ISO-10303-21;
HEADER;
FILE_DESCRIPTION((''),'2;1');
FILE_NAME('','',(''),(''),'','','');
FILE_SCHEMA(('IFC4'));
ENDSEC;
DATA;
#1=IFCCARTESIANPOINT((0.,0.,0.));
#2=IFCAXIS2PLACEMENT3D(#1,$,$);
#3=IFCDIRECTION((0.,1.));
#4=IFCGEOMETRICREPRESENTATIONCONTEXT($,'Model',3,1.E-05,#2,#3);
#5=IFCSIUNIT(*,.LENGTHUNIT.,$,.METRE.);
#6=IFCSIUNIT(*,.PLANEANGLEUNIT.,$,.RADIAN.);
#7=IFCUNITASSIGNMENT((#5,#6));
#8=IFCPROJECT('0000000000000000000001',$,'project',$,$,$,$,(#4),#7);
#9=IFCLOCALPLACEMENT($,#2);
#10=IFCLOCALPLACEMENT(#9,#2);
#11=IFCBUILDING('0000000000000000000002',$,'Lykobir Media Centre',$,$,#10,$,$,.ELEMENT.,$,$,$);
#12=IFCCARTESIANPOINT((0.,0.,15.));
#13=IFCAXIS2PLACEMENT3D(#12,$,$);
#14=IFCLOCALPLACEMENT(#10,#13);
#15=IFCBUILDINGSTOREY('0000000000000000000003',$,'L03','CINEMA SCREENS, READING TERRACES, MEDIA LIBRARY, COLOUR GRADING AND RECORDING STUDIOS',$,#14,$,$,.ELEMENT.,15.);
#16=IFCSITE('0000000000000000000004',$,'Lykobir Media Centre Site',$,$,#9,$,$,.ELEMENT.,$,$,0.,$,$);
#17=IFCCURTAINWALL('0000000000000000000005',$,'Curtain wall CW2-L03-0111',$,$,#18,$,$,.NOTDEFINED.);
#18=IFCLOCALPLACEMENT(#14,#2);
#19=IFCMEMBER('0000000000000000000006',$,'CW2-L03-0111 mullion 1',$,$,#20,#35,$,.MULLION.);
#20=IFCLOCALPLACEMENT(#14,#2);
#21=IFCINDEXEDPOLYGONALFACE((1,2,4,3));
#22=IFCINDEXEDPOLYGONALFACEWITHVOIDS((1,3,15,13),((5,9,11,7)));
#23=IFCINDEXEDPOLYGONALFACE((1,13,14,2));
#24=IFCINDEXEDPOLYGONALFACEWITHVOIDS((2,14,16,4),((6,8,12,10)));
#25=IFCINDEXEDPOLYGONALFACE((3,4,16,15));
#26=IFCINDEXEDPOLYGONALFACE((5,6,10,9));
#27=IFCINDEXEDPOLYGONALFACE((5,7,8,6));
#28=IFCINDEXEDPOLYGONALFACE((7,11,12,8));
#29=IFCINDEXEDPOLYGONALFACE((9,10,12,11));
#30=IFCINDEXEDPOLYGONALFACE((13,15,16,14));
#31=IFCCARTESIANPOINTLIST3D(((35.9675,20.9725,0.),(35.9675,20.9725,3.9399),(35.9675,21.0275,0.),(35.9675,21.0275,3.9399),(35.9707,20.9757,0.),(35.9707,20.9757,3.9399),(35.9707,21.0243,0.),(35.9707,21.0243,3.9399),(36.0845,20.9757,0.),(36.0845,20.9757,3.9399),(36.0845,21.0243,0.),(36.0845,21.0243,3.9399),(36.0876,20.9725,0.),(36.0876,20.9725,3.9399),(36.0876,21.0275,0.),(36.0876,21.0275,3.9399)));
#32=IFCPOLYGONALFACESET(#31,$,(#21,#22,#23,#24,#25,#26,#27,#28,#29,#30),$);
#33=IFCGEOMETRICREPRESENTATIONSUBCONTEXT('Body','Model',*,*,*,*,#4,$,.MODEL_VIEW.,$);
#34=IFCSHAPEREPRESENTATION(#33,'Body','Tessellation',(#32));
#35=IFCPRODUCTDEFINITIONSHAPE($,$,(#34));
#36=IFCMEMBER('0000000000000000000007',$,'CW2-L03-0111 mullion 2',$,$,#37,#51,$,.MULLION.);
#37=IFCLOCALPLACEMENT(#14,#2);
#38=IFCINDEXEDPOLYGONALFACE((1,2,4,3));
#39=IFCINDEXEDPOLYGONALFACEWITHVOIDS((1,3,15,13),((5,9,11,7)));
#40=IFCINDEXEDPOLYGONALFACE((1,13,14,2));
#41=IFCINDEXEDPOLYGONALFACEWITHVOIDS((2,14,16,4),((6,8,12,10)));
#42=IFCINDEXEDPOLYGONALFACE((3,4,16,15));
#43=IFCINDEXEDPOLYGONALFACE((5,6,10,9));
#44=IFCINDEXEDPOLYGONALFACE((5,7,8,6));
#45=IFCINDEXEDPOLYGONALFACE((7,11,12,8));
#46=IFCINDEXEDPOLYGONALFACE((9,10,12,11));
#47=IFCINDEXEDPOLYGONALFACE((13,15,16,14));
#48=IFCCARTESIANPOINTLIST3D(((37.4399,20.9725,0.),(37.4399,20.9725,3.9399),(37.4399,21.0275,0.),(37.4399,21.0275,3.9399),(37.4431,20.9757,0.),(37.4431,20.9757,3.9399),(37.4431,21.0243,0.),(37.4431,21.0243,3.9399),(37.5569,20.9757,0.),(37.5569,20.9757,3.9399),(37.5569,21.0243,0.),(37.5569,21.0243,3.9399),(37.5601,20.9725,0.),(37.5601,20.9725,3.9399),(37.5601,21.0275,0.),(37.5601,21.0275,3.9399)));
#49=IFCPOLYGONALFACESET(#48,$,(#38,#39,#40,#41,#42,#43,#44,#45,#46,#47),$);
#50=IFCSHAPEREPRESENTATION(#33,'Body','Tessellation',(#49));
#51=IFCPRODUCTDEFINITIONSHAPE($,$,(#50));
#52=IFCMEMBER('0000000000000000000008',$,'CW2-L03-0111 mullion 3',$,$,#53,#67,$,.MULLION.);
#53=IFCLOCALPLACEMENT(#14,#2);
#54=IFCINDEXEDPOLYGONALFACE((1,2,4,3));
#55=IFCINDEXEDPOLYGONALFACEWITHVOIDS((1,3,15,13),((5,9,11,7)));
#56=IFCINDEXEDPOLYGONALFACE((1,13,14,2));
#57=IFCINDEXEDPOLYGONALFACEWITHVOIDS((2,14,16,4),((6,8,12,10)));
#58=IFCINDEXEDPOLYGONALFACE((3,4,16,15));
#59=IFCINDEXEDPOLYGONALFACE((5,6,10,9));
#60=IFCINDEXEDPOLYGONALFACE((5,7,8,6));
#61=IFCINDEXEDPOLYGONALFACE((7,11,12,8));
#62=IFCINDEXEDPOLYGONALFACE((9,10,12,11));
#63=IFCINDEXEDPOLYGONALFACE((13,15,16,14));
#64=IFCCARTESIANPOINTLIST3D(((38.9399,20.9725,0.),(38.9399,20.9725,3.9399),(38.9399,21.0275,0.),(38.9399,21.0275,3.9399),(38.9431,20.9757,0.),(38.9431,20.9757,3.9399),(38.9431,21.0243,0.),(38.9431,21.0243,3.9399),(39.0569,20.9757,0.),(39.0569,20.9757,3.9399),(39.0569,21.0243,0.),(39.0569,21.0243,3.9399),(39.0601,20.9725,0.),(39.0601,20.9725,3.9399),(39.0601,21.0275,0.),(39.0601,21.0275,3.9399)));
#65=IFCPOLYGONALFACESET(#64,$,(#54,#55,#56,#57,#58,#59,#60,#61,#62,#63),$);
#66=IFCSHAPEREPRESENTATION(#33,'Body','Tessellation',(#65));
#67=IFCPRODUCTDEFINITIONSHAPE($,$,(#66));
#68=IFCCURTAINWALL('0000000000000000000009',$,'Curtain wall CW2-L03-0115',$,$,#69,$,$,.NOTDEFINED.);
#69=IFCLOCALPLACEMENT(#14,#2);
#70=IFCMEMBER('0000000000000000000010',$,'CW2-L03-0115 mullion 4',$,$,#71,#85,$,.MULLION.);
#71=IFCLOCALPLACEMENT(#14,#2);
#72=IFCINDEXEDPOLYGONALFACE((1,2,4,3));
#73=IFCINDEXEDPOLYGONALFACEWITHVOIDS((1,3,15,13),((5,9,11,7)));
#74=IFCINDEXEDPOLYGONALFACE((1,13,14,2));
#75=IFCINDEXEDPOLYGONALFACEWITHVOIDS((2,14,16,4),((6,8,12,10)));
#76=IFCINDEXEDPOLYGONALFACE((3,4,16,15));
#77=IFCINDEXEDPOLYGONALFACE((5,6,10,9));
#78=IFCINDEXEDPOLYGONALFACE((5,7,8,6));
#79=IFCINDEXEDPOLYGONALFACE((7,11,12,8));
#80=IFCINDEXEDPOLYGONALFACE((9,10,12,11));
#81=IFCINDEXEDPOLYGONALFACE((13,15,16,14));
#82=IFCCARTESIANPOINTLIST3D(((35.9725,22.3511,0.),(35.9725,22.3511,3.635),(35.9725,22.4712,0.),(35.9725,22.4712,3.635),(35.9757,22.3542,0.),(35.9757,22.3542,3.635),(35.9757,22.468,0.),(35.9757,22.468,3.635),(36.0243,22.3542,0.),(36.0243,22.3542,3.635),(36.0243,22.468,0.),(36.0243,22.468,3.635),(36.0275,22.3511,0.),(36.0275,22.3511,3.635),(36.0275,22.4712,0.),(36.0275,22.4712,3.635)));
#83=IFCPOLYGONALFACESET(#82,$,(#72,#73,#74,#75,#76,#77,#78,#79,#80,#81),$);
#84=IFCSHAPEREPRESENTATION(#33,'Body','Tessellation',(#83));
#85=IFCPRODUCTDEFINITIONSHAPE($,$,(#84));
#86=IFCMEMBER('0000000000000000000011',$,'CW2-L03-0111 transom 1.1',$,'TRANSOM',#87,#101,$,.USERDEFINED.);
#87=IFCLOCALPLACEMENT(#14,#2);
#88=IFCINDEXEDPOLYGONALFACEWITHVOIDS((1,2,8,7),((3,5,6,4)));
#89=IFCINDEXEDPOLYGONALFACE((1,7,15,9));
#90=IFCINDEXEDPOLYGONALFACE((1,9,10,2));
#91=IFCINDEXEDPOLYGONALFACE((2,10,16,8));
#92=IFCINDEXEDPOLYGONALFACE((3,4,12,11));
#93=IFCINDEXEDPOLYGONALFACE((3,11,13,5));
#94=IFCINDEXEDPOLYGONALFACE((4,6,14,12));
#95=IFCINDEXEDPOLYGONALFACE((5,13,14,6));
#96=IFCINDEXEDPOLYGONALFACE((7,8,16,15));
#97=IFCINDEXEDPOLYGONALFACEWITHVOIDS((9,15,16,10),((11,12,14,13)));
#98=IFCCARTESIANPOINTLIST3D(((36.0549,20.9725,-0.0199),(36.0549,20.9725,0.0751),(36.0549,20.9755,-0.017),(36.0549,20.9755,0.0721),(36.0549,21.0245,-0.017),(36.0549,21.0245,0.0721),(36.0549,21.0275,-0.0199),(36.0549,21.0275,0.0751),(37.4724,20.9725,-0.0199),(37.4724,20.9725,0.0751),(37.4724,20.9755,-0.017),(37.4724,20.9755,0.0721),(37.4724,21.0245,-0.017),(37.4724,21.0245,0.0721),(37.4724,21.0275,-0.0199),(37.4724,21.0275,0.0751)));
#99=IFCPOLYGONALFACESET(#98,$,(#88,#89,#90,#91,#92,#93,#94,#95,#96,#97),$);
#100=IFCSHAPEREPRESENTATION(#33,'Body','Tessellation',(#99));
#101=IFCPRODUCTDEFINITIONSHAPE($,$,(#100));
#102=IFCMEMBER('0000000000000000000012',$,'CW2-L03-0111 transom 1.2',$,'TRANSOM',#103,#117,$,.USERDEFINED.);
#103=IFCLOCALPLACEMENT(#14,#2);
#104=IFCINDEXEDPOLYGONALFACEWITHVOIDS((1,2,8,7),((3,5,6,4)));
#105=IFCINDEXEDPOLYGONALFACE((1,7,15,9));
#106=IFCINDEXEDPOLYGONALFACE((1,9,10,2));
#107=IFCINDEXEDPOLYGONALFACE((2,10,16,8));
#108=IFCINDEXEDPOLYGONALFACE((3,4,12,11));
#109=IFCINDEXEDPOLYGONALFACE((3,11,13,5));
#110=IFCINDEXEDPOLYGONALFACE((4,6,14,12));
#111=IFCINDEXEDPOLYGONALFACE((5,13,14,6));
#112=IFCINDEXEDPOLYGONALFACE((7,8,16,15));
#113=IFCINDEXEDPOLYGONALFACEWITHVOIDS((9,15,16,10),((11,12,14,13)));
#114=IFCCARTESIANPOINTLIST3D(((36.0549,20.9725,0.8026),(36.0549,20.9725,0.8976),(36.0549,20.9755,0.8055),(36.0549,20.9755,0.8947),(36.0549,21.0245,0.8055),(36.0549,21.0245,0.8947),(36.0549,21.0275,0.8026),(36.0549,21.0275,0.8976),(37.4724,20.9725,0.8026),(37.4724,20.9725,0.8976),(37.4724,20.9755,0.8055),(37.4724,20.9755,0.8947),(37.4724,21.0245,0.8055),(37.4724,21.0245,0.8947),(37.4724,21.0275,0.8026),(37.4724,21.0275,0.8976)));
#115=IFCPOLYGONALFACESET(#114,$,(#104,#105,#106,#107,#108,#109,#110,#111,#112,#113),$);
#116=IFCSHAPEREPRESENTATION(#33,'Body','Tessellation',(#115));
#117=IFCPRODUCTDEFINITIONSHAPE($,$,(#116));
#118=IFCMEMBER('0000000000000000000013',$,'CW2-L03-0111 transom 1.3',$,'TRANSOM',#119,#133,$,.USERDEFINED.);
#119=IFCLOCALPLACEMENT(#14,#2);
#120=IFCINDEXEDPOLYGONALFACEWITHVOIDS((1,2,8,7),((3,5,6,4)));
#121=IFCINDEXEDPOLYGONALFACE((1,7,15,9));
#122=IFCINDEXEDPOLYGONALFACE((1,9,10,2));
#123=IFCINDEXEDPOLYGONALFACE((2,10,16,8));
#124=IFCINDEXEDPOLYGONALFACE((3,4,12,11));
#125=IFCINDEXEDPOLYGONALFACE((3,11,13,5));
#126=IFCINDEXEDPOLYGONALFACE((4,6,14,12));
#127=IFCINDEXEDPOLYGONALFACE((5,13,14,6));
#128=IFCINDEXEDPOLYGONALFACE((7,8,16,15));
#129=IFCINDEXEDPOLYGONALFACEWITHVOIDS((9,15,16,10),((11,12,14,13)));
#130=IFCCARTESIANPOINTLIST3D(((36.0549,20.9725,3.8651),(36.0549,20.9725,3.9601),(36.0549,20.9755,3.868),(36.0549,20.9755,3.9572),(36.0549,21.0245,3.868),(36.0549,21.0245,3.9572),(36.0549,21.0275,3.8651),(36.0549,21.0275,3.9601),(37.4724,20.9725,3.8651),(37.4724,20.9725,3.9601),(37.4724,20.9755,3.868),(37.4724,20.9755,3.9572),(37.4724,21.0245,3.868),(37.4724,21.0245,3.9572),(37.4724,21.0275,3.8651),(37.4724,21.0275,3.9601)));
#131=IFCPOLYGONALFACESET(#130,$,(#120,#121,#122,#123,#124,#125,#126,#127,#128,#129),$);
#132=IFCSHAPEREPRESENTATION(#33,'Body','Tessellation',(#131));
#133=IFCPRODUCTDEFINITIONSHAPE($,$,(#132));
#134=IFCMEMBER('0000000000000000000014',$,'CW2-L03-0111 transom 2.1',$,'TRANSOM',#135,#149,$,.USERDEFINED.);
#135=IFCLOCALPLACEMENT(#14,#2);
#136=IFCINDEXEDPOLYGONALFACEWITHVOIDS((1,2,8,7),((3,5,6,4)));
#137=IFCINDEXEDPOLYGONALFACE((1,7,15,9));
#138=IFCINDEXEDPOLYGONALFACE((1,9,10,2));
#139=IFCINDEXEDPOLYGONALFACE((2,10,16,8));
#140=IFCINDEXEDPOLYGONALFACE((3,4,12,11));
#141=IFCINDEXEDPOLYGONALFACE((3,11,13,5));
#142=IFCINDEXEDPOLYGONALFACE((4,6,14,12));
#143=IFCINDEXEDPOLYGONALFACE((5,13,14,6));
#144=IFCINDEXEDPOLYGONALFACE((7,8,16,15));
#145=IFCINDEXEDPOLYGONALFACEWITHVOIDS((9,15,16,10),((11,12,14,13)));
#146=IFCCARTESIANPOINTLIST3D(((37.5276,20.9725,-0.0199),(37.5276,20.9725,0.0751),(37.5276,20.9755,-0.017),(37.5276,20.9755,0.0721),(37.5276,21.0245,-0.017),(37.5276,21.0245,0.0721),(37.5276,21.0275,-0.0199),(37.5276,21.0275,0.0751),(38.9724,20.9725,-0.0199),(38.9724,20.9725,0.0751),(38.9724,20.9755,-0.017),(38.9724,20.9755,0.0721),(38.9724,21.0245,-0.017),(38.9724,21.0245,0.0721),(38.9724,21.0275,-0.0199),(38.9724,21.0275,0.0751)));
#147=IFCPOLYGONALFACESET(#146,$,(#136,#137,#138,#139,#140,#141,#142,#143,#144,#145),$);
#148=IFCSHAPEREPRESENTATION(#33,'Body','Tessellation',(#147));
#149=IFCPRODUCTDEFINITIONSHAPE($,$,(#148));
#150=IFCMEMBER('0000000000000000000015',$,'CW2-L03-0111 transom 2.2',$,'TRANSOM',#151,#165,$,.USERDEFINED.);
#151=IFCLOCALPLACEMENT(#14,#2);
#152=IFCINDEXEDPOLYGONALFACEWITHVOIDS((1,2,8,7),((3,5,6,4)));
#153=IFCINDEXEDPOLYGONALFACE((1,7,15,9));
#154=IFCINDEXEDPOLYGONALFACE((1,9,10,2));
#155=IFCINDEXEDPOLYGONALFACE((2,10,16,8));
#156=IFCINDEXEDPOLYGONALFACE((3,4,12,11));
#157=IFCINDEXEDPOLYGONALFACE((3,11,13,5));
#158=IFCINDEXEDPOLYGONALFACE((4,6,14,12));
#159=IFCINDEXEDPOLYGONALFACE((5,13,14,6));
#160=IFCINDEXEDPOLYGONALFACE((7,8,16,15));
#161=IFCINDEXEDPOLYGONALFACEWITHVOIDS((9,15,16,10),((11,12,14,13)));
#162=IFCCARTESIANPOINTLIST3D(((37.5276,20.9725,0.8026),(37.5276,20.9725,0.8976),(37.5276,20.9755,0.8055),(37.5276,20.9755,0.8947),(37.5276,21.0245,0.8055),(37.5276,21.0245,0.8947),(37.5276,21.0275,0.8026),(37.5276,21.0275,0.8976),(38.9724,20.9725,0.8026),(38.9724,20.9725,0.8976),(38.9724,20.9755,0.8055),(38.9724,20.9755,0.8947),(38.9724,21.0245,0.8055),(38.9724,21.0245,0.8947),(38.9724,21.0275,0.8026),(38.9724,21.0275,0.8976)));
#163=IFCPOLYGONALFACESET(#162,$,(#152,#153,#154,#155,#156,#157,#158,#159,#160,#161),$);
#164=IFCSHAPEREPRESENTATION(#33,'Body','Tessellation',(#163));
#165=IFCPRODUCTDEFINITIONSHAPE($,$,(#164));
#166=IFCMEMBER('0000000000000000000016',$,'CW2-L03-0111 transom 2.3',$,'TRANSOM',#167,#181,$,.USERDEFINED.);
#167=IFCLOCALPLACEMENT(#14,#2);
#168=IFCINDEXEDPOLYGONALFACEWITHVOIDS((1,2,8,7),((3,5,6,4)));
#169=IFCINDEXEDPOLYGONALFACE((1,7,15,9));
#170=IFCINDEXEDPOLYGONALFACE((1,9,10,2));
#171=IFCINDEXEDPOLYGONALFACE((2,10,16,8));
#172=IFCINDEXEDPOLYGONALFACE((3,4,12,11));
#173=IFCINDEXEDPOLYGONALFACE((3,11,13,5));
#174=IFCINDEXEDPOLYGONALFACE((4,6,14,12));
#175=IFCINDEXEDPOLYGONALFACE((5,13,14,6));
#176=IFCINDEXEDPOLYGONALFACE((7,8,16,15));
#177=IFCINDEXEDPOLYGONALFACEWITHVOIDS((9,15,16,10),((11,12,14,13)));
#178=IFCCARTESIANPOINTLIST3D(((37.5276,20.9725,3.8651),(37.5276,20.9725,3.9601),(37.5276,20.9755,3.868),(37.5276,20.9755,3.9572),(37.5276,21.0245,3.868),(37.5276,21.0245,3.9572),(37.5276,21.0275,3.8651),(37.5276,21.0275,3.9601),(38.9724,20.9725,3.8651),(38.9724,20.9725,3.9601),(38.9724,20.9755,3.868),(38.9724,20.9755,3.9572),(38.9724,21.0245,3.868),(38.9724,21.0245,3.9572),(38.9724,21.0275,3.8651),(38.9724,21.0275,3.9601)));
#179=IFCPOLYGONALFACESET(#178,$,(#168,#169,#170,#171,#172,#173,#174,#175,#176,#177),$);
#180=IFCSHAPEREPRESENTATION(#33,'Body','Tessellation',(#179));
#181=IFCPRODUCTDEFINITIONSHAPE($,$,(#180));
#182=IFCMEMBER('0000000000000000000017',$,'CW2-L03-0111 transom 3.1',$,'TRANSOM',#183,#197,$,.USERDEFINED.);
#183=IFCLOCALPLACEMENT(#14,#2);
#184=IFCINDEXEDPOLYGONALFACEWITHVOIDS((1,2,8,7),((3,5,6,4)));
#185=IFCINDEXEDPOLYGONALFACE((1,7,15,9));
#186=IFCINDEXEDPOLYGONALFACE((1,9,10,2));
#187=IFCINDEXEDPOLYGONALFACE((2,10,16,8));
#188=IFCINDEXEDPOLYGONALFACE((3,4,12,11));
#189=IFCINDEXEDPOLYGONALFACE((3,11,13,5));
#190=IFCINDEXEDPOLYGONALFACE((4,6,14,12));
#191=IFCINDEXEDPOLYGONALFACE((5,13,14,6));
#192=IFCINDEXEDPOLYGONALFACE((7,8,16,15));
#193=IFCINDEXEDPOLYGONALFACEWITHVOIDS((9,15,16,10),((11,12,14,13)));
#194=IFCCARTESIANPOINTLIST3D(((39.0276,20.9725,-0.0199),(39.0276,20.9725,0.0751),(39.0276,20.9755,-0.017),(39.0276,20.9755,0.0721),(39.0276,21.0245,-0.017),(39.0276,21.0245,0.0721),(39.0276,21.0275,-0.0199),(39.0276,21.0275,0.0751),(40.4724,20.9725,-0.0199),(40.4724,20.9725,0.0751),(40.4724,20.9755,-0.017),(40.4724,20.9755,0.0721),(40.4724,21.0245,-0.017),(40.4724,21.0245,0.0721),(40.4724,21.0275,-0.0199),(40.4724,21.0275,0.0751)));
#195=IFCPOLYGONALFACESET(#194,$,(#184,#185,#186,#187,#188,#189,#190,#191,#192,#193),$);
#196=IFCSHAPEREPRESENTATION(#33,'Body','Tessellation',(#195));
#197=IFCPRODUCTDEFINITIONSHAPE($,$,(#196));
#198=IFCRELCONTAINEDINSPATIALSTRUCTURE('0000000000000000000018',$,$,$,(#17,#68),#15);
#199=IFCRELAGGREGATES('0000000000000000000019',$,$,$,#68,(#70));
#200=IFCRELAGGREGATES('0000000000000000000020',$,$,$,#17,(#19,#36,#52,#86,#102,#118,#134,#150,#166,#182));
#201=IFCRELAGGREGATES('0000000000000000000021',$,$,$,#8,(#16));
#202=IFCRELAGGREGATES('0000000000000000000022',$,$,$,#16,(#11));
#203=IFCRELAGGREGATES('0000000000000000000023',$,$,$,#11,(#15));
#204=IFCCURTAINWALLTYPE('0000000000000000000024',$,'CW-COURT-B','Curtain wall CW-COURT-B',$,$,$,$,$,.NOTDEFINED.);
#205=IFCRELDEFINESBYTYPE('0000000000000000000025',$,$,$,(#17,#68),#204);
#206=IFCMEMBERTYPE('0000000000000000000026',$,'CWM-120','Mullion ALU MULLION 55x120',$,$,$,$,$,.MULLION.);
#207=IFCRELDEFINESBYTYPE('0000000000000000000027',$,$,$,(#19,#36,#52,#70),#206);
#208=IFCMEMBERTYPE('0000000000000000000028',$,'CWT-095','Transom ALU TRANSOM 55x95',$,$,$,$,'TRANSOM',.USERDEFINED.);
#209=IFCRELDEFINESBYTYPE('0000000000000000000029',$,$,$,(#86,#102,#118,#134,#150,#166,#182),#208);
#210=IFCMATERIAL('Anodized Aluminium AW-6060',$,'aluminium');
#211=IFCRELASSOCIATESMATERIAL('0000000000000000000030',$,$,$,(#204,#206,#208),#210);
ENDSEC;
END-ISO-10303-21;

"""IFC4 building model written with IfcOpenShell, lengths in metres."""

from ifc_helpers import new_model, si_unit, direction, frame, origin, origin_2d, place, context, subcontext, project, spatial, hollow_rectangle, extrude, material, material_profile, profile_set, type_object, element, aggregate, save


model = new_model("IFC4")

# Units and contexts
model_context = context("Model", 3, precision=1e-05, world=origin(), true_north=direction((0.0, 1.0)))
body_context = subcontext(model_context, "Body", "Model", "MODEL_VIEW")
ifc_project = project(units=[si_unit("LENGTHUNIT", "METRE"), si_unit("PLANEANGLEUNIT", "RADIAN")], contexts=[model_context])

# Site, building, storey
site_placement = place(None, origin())
site = spatial("IfcSite", under=ifc_project, at=site_placement, Name="Lykobir Media Centre Site", CompositionType="ELEMENT", RefElevation=0.0)
building_placement = place(site_placement, origin())
building = spatial("IfcBuilding", under=site, at=building_placement, Name="Lykobir Media Centre", CompositionType="ELEMENT")
storey_placement = place(building_placement, frame((0.0, 0.0, 15.0)))
storey = spatial("IfcBuildingStorey", under=building, at=storey_placement, Name="L03", Description="CINEMA SCREENS, READING TERRACES, MEDIA LIBRARY, COLOUR GRADING AND RECORDING STUDIOS", CompositionType="ELEMENT", Elevation=15.0)

# Curtain wall, members
ifc_material_1 = material(Name="Anodized Aluminium AW-6060", Category="aluminium")
curtain_wall_type = type_object("IfcCurtainWallType", Name="CW-COURT-B", Description="Curtain wall CW-COURT-B", PredefinedType="NOTDEFINED", material=ifc_material_1)
curtain_wall_1_placement = place(storey_placement, origin())
curtain_wall_1 = element("IfcCurtainWall", 1, at=curtain_wall_1_placement, inside=storey, type_object=curtain_wall_type, Name="Curtain wall CW2-L03-0111", PredefinedType="NOTDEFINED")
ifc_material_profile_1 = material_profile(ifc_material_1, hollow_rectangle(XDim=0.0549, YDim=0.1201, WallThickness=0.0032, at=origin_2d()), Name="ALU MULLION 55x120")
ifc_profile_set_1 = profile_set([ifc_material_profile_1], Name="Anodized Aluminium AW-6060")
member_type_1 = type_object("IfcMemberType", Name="CWM-120", Description="Mullion ALU MULLION 55x120", PredefinedType="MULLION", material=ifc_profile_set_1)
member_1_placement = place(storey_placement, frame((36.0276, 21.0, 0.0), z_axis=(0.0, 0.0, 1.0), x_axis=(0.0, 1.0, 0.0)))
member_1 = element("IfcMember", 2, at=member_1_placement, type_object=member_type_1, Name="CW2-L03-0111 mullion 1", PredefinedType="MULLION", context=body_context, shape_type="SweptSolid", body=[
    extrude(hollow_rectangle(XDim=0.0549, YDim=0.1201, WallThickness=0.0032, at=origin_2d()), origin(), (0.0, 0.0, 1.0), 3.9399),
])
member_2_placement = place(storey_placement, frame((37.5, 21.0, 0.0), z_axis=(0.0, 0.0, 1.0), x_axis=(0.0, 1.0, 0.0)))
member_2 = element("IfcMember", 3, at=member_2_placement, type_object=member_type_1, Name="CW2-L03-0111 mullion 2", PredefinedType="MULLION", context=body_context, shape_type="SweptSolid", body=[
    extrude(hollow_rectangle(XDim=0.0549, YDim=0.1201, WallThickness=0.0032, at=origin_2d()), origin(), (0.0, 0.0, 1.0), 3.9399),
])
member_3_placement = place(storey_placement, frame((39.0, 21.0, 0.0), z_axis=(0.0, 0.0, 1.0), x_axis=(0.0, 1.0, 0.0)))
member_3 = element("IfcMember", 4, at=member_3_placement, type_object=member_type_1, Name="CW2-L03-0111 mullion 3", PredefinedType="MULLION", context=body_context, shape_type="SweptSolid", body=[
    extrude(hollow_rectangle(XDim=0.0549, YDim=0.1201, WallThickness=0.0032, at=origin_2d()), origin(), (0.0, 0.0, 1.0), 3.9399),
])

# Curtain wall, member
curtain_wall_2_placement = place(storey_placement, origin())
curtain_wall_2 = element("IfcCurtainWall", 5, at=curtain_wall_2_placement, inside=storey, type_object=curtain_wall_type, Name="Curtain wall CW2-L03-0115", PredefinedType="NOTDEFINED")
member_4_placement = place(storey_placement, frame((36.0, 22.4111, 0.0), z_axis=(0.0, 0.0, 1.0), x_axis=(1.0, 0.0, 0.0)))
member_4 = element("IfcMember", 6, at=member_4_placement, type_object=member_type_1, Name="CW2-L03-0115 mullion 4", PredefinedType="MULLION", context=body_context, shape_type="SweptSolid", body=[
    extrude(hollow_rectangle(XDim=0.0549, YDim=0.1201, WallThickness=0.0032, at=origin_2d()), origin(), (0.0, 0.0, 1.0), 3.635),
])

# Members
ifc_material_profile_2 = material_profile(ifc_material_1, hollow_rectangle(XDim=0.0549, YDim=0.095, WallThickness=0.0029, at=origin_2d()), Name="ALU TRANSOM 55x95")
ifc_profile_set_2 = profile_set([ifc_material_profile_2], Name="Anodized Aluminium AW-6060")
member_type_2 = type_object("IfcMemberType", Name="CWT-095", Description="Transom ALU TRANSOM 55x95", ElementType="TRANSOM", PredefinedType="USERDEFINED", material=ifc_profile_set_2)
member_5_placement = place(storey_placement, frame((36.0549, 21.0, 0.0276), z_axis=(1.0, 0.0, 0.0), x_axis=(0.0, 1.0, 0.0)))
member_5 = element("IfcMember", 7, at=member_5_placement, type_object=member_type_2, Name="CW2-L03-0111 transom 1.1", ObjectType="TRANSOM", PredefinedType="USERDEFINED", context=body_context, shape_type="SweptSolid", body=[
    extrude(hollow_rectangle(XDim=0.0549, YDim=0.095, WallThickness=0.0029, at=origin_2d()), origin(), (0.0, 0.0, 1.0), 1.4175),
])
member_6_placement = place(storey_placement, frame((36.0549, 21.0, 0.8501), z_axis=(1.0, 0.0, 0.0), x_axis=(0.0, 1.0, 0.0)))
member_6 = element("IfcMember", 8, at=member_6_placement, type_object=member_type_2, Name="CW2-L03-0111 transom 1.2", ObjectType="TRANSOM", PredefinedType="USERDEFINED", context=body_context, shape_type="SweptSolid", body=[
    extrude(hollow_rectangle(XDim=0.0549, YDim=0.095, WallThickness=0.0029, at=origin_2d()), origin(), (0.0, 0.0, 1.0), 1.4175),
])
member_7_placement = place(storey_placement, frame((36.0549, 21.0, 3.9126), z_axis=(1.0, 0.0, 0.0), x_axis=(0.0, 1.0, 0.0)))
member_7 = element("IfcMember", 9, at=member_7_placement, type_object=member_type_2, Name="CW2-L03-0111 transom 1.3", ObjectType="TRANSOM", PredefinedType="USERDEFINED", context=body_context, shape_type="SweptSolid", body=[
    extrude(hollow_rectangle(XDim=0.0549, YDim=0.095, WallThickness=0.0029, at=origin_2d()), origin(), (0.0, 0.0, 1.0), 1.4175),
])
member_8_placement = place(storey_placement, frame((37.5276, 21.0, 0.0276), z_axis=(1.0, 0.0, 0.0), x_axis=(0.0, 1.0, 0.0)))
member_8 = element("IfcMember", 10, at=member_8_placement, type_object=member_type_2, Name="CW2-L03-0111 transom 2.1", ObjectType="TRANSOM", PredefinedType="USERDEFINED", context=body_context, shape_type="SweptSolid", body=[
    extrude(hollow_rectangle(XDim=0.0549, YDim=0.095, WallThickness=0.0029, at=origin_2d()), origin(), (0.0, 0.0, 1.0), 1.4448),
])
member_9_placement = place(storey_placement, frame((37.5276, 21.0, 0.8501), z_axis=(1.0, 0.0, 0.0), x_axis=(0.0, 1.0, 0.0)))
member_9 = element("IfcMember", 11, at=member_9_placement, type_object=member_type_2, Name="CW2-L03-0111 transom 2.2", ObjectType="TRANSOM", PredefinedType="USERDEFINED", context=body_context, shape_type="SweptSolid", body=[
    extrude(hollow_rectangle(XDim=0.0549, YDim=0.095, WallThickness=0.0029, at=origin_2d()), origin(), (0.0, 0.0, 1.0), 1.4448),
])
member_10_placement = place(storey_placement, frame((37.5276, 21.0, 3.9126), z_axis=(1.0, 0.0, 0.0), x_axis=(0.0, 1.0, 0.0)))
member_10 = element("IfcMember", 12, at=member_10_placement, type_object=member_type_2, Name="CW2-L03-0111 transom 2.3", ObjectType="TRANSOM", PredefinedType="USERDEFINED", context=body_context, shape_type="SweptSolid", body=[
    extrude(hollow_rectangle(XDim=0.0549, YDim=0.095, WallThickness=0.0029, at=origin_2d()), origin(), (0.0, 0.0, 1.0), 1.4448),
])
member_11_placement = place(storey_placement, frame((39.0276, 21.0, 0.0276), z_axis=(1.0, 0.0, 0.0), x_axis=(0.0, 1.0, 0.0)))
member_11 = element("IfcMember", 13, at=member_11_placement, type_object=member_type_2, Name="CW2-L03-0111 transom 3.1", ObjectType="TRANSOM", PredefinedType="USERDEFINED", context=body_context, shape_type="SweptSolid", body=[
    extrude(hollow_rectangle(XDim=0.0549, YDim=0.095, WallThickness=0.0029, at=origin_2d()), origin(), (0.0, 0.0, 1.0), 1.4448),
])

aggregate(curtain_wall_2, [member_4])
aggregate(curtain_wall_1, [member_1, member_2, member_3, member_5, member_6, member_7, member_8, member_9, member_10, member_11])

save(model, "model.ifc")
